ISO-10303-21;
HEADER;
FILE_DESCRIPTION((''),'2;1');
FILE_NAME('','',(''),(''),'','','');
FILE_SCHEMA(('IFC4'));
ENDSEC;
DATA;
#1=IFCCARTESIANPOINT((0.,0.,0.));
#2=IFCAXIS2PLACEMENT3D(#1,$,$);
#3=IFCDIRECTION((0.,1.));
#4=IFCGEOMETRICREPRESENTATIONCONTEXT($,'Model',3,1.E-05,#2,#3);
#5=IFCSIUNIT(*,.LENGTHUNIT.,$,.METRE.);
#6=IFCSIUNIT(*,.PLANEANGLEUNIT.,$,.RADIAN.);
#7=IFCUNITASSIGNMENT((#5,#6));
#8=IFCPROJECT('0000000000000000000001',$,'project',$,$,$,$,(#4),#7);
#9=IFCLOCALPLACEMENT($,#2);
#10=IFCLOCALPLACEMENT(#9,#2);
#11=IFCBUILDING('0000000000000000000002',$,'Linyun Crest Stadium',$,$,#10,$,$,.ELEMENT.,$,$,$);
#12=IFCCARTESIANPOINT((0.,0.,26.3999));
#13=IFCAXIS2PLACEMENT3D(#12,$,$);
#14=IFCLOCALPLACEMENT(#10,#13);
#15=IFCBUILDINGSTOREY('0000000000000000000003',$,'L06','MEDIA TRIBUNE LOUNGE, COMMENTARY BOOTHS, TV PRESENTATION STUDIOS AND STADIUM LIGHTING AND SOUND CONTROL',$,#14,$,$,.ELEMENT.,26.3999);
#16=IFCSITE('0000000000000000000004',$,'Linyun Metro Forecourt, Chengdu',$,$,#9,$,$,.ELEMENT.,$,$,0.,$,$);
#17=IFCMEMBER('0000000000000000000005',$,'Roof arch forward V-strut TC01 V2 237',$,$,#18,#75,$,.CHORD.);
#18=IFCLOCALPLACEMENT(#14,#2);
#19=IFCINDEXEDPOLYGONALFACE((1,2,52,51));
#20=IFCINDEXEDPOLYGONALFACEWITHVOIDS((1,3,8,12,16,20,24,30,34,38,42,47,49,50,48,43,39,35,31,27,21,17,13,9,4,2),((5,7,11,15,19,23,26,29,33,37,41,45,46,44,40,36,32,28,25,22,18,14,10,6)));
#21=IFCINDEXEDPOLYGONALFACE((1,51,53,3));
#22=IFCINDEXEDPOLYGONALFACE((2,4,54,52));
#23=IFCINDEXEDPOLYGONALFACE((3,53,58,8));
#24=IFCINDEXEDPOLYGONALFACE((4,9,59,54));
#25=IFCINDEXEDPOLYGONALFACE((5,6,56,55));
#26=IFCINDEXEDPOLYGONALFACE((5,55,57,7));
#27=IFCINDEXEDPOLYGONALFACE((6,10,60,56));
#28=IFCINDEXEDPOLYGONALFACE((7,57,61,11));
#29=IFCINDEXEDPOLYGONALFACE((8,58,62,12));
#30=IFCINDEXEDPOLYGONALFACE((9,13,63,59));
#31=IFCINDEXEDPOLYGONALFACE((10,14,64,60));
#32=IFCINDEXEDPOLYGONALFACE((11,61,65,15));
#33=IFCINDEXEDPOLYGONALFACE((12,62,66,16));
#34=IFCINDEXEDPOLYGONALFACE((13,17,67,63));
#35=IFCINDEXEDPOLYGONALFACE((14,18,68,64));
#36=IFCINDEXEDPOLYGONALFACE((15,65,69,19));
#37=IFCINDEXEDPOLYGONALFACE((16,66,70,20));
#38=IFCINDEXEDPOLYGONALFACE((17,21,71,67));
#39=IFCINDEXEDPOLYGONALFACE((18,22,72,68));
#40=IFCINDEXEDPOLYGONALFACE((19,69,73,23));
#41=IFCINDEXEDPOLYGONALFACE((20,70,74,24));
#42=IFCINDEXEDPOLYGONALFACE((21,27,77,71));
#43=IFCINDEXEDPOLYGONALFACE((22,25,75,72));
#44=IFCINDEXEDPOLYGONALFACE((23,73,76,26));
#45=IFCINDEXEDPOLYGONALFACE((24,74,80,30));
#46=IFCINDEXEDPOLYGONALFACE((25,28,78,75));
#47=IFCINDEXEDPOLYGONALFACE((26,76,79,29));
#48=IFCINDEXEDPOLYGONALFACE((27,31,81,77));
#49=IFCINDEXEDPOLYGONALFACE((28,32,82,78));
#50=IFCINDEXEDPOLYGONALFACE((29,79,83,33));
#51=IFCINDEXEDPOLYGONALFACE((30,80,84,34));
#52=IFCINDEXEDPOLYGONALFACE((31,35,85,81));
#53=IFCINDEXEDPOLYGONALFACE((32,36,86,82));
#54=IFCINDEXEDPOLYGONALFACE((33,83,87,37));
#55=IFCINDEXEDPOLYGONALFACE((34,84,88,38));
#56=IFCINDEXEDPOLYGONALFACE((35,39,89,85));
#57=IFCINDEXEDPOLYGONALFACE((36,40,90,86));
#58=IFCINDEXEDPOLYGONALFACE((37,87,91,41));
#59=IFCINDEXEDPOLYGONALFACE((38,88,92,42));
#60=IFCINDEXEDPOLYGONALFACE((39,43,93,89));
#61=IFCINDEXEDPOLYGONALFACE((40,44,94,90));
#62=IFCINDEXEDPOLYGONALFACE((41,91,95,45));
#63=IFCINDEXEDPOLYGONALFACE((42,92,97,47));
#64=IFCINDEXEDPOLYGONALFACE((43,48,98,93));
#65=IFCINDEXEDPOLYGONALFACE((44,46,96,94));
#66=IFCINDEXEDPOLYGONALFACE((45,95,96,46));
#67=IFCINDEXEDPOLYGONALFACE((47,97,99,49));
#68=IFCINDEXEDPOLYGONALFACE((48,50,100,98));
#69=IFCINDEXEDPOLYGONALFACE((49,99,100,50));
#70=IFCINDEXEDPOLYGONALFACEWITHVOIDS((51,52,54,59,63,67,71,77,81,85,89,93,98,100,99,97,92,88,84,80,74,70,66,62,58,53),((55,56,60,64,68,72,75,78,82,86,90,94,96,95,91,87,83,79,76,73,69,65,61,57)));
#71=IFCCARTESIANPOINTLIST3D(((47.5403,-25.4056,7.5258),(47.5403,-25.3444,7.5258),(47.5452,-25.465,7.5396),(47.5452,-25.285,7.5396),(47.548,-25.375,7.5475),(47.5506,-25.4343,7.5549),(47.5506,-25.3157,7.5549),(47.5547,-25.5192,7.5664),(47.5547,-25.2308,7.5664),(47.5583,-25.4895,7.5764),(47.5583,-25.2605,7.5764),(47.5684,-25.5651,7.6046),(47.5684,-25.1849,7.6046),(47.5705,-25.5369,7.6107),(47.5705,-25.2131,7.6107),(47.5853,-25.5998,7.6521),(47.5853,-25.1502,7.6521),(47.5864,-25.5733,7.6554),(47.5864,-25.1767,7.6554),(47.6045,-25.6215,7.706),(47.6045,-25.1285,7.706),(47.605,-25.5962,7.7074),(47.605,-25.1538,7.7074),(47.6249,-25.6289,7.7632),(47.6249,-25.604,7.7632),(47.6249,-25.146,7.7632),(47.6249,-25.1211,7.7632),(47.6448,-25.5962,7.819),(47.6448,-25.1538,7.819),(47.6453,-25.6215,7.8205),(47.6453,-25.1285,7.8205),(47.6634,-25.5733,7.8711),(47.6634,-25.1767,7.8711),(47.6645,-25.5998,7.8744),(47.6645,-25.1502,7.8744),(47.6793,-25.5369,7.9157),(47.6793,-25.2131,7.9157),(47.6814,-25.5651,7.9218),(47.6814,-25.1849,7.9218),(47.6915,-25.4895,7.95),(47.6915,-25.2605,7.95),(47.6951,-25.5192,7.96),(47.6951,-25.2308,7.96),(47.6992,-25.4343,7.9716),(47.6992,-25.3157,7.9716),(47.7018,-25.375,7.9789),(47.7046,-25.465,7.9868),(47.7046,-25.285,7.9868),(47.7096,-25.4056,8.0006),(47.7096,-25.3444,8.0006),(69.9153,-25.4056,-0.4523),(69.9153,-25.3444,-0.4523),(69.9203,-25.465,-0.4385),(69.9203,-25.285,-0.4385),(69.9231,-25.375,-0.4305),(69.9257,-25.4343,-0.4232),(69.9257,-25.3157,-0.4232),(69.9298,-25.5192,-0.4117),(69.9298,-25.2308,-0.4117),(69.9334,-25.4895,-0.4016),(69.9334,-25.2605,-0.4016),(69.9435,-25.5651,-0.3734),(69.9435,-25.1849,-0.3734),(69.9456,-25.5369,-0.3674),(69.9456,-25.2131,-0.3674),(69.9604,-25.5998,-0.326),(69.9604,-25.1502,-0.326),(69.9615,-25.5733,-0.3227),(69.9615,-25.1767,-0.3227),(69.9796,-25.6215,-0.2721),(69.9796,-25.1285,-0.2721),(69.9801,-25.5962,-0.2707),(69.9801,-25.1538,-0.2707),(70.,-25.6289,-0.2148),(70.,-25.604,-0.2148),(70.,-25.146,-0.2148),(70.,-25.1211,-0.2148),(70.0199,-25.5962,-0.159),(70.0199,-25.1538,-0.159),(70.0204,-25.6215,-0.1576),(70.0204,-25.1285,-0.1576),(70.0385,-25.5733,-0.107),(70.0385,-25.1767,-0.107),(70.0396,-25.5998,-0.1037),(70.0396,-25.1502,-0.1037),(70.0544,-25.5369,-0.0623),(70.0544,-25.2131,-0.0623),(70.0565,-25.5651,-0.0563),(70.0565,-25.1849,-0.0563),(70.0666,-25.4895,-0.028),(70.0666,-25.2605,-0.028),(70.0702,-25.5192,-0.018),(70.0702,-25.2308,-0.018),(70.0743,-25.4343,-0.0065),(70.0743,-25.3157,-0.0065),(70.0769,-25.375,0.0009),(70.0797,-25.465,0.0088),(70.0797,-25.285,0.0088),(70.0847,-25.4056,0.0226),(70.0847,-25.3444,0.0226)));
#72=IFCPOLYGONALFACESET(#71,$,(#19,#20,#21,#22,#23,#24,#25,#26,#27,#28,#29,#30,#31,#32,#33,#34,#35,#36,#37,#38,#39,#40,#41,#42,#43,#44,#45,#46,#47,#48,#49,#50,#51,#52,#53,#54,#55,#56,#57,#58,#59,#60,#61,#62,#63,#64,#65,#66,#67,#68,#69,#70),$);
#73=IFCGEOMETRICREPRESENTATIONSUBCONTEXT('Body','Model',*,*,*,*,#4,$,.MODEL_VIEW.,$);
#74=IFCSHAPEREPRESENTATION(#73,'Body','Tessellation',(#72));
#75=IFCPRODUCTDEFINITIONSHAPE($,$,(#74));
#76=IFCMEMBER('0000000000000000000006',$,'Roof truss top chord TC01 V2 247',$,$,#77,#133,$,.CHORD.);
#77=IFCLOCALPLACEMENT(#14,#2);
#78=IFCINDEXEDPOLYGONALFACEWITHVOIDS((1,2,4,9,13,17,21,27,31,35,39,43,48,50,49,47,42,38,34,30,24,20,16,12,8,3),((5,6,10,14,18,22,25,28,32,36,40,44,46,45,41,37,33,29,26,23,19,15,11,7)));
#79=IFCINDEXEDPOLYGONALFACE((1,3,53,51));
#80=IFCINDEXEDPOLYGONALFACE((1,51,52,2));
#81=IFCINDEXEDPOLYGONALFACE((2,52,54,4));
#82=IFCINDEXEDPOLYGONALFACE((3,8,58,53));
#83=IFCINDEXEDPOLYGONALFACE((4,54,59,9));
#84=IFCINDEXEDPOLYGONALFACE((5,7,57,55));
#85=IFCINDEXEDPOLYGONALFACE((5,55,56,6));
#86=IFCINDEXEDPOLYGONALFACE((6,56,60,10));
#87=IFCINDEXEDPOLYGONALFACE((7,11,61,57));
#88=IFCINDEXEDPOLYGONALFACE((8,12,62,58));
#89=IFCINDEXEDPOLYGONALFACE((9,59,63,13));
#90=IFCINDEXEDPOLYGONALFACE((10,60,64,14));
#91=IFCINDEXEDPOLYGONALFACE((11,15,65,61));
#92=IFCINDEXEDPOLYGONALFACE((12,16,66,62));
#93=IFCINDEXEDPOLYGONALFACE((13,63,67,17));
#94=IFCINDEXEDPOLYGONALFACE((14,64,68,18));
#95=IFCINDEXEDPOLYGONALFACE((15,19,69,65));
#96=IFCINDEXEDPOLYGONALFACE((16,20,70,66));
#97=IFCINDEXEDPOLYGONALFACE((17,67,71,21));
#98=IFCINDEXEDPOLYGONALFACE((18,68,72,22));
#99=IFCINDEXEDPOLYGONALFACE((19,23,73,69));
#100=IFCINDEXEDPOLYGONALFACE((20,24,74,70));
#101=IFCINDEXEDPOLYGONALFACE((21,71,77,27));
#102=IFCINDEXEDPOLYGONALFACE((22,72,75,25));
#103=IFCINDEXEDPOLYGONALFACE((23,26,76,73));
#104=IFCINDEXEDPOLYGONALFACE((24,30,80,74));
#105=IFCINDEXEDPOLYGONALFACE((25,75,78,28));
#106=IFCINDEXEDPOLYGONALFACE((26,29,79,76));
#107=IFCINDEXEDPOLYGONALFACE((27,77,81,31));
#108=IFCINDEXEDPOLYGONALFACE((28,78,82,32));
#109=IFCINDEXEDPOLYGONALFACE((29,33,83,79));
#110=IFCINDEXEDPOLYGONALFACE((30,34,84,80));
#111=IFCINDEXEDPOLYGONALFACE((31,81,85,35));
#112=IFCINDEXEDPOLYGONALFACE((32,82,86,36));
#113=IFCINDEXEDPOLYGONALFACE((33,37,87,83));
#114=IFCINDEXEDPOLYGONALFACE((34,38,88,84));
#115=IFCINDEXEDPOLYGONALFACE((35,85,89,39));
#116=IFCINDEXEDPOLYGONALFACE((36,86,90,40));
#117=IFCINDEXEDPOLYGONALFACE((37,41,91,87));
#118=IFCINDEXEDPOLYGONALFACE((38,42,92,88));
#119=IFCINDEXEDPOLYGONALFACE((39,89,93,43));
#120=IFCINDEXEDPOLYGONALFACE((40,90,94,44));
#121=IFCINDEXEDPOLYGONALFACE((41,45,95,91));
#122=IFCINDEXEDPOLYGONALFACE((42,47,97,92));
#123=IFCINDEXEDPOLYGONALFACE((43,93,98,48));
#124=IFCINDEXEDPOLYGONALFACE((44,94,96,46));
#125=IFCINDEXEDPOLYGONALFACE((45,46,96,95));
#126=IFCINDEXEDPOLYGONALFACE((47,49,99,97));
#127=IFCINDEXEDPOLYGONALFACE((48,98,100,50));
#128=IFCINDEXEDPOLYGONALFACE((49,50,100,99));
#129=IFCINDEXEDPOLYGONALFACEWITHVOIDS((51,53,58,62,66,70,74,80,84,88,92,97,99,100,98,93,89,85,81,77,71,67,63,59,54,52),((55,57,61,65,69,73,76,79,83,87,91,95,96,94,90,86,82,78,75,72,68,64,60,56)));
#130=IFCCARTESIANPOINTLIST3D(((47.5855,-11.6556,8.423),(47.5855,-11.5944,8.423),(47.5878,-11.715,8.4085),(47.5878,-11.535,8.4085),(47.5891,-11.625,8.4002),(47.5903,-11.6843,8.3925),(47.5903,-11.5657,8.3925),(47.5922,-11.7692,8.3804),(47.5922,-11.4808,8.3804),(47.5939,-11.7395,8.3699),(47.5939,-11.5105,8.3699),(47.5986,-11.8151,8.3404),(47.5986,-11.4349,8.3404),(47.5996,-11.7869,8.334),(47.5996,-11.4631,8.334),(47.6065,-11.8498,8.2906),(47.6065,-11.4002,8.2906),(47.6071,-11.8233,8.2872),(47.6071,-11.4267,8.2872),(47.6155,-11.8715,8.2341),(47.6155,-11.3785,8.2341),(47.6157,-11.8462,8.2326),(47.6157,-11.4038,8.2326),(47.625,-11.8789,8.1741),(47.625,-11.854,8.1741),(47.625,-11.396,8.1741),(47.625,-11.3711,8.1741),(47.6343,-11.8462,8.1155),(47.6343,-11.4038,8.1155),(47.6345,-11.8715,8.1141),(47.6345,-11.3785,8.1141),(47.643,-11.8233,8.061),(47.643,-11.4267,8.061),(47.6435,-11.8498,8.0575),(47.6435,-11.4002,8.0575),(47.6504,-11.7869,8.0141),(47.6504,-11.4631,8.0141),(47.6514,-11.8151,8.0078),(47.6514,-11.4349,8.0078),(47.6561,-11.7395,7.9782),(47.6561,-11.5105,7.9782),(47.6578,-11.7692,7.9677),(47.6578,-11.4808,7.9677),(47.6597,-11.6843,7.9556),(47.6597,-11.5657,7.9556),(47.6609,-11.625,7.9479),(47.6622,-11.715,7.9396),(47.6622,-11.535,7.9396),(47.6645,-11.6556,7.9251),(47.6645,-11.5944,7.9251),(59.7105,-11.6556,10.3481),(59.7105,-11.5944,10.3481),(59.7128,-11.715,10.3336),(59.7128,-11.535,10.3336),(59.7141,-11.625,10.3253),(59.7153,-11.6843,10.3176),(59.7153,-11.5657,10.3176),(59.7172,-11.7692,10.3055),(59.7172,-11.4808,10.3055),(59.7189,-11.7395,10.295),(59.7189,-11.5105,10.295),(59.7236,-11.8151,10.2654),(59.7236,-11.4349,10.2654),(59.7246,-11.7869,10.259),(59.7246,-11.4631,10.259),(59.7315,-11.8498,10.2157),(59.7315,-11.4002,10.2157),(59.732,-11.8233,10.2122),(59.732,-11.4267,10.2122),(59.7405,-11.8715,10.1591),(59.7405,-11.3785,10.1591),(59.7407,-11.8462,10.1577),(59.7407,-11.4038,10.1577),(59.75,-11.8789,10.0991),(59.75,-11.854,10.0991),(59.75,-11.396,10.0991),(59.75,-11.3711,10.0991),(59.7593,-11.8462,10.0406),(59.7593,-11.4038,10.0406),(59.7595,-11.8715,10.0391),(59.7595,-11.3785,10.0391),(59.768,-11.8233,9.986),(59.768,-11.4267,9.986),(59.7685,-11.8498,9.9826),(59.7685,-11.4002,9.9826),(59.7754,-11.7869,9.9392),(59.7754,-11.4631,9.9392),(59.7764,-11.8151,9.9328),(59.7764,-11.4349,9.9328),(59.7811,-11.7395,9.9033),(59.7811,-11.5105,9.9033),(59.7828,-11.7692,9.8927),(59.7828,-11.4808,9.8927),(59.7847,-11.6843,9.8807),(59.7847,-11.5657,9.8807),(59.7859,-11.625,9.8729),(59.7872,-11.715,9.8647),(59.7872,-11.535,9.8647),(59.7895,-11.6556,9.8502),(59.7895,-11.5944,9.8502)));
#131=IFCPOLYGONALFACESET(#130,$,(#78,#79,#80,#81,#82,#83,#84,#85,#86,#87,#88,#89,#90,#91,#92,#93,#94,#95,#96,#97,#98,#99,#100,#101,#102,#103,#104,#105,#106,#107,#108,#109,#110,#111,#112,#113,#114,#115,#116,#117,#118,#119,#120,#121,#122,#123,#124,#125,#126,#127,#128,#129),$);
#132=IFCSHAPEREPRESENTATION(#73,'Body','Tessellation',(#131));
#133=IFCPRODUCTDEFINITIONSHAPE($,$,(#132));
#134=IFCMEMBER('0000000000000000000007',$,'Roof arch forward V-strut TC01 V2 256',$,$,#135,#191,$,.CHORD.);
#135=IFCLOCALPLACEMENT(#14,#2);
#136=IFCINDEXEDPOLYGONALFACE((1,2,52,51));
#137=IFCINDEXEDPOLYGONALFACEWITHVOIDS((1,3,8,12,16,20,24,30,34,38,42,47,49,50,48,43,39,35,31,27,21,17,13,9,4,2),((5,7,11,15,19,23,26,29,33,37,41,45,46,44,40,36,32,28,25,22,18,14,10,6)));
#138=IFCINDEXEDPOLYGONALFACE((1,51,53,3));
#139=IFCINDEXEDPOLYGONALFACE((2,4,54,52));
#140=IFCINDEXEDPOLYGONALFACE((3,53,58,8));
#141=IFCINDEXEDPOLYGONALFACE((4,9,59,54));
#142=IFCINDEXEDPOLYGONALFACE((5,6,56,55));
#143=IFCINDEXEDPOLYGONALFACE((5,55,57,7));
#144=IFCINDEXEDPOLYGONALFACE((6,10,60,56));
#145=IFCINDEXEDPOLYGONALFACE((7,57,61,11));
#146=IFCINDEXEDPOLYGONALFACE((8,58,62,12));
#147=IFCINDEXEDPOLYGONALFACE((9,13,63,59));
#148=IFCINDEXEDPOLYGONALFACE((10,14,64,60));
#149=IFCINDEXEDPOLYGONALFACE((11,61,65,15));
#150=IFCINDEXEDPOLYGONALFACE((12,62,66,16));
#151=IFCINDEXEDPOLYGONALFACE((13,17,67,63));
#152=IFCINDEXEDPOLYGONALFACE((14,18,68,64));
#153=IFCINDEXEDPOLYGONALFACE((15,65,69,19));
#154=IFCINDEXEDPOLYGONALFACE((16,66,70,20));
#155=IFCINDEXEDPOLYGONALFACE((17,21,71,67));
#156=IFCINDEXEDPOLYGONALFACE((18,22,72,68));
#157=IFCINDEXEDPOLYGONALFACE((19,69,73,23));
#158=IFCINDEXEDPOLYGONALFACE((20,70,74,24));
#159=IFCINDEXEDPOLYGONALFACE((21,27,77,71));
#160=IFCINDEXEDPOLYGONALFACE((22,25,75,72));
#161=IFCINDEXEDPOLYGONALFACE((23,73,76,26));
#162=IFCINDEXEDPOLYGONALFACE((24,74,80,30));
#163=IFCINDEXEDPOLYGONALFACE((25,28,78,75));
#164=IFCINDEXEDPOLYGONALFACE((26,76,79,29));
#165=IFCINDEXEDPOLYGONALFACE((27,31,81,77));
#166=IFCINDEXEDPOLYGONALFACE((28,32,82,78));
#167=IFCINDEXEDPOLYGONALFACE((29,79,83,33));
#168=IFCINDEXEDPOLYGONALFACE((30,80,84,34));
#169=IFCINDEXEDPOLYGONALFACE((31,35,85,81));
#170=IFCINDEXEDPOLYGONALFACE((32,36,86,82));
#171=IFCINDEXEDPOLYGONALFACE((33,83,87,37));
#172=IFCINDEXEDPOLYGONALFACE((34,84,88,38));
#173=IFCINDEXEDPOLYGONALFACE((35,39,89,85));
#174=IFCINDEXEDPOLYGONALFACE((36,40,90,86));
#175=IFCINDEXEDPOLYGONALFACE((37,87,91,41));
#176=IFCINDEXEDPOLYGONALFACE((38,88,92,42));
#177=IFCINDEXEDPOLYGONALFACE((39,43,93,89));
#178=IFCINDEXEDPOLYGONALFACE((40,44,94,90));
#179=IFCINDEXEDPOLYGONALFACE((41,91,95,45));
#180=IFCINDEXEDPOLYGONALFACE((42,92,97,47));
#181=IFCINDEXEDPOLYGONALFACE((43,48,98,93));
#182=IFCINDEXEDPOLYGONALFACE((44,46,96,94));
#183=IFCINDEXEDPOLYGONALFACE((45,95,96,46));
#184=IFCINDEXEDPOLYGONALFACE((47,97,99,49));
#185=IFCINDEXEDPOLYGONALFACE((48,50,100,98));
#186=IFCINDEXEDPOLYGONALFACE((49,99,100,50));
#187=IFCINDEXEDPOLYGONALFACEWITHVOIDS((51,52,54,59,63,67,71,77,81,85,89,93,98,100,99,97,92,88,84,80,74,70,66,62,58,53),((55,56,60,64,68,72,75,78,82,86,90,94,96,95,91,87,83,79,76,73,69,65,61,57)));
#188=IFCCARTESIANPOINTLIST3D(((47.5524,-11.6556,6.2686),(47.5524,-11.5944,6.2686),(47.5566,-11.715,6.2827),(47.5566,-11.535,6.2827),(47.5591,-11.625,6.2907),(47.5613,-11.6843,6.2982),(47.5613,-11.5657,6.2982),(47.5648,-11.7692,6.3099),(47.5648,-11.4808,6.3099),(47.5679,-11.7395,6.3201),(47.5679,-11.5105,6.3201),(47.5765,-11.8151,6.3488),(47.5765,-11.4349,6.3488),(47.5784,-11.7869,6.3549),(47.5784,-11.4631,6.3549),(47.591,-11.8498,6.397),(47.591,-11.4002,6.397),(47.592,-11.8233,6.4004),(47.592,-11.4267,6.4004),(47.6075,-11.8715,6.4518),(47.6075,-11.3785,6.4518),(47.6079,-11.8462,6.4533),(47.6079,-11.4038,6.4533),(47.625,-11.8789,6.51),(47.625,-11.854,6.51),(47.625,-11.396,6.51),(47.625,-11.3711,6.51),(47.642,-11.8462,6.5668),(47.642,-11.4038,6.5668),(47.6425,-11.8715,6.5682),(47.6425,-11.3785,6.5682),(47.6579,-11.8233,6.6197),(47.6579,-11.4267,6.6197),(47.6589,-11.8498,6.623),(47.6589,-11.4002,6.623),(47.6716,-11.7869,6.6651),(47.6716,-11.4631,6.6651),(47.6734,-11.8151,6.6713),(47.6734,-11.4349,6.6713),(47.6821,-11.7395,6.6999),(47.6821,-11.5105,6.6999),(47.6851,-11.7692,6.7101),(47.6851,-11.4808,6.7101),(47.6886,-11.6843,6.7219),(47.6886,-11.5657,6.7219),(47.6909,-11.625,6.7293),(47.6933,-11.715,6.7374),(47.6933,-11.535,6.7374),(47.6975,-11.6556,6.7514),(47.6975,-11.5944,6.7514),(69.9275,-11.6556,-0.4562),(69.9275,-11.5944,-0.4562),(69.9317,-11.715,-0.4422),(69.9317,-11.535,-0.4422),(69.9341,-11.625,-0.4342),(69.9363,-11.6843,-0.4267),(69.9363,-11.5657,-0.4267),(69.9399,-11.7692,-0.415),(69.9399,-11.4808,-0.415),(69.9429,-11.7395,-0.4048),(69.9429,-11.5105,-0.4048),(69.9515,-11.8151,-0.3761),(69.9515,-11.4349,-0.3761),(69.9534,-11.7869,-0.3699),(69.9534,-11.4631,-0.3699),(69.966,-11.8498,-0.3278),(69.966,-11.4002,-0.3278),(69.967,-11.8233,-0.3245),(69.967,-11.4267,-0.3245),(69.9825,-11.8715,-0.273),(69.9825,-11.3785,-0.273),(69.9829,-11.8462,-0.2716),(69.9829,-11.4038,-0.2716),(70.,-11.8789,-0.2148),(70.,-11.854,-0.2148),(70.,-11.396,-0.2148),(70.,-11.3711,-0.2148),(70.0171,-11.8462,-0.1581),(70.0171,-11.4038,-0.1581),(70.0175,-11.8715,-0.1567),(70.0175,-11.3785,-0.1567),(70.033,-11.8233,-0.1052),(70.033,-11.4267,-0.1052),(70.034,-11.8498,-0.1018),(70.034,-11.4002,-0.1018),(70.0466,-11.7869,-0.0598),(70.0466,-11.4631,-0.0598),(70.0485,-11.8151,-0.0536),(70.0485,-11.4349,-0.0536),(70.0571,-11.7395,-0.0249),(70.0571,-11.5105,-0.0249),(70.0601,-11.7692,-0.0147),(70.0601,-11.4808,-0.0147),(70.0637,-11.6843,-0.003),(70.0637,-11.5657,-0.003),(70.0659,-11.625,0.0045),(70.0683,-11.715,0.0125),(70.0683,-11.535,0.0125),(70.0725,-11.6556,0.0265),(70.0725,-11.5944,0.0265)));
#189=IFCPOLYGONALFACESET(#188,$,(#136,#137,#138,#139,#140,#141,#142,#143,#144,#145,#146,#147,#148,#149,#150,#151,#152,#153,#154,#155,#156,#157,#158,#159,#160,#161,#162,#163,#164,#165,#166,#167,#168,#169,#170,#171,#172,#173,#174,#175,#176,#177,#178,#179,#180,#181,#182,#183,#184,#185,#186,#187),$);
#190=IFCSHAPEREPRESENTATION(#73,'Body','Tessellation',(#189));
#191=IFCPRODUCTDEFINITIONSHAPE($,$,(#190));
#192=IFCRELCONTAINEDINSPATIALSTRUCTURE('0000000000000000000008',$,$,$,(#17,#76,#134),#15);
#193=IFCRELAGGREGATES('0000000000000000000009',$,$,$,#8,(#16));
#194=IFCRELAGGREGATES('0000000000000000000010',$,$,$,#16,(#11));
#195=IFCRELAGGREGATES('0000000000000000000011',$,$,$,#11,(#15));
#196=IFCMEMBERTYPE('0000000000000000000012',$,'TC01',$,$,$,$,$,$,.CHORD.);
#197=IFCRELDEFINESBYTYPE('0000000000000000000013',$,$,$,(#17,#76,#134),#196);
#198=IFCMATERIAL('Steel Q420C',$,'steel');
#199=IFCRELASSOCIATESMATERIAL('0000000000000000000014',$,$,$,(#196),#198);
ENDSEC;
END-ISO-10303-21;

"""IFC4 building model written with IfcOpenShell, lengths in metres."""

from ifc_helpers import new_model, si_unit, direction, frame, origin, origin_2d, place, context, subcontext, project, spatial, hollow_circle, extrude, material, material_profile, profile_set, type_object, element, save


model = new_model("IFC4")

# Units and contexts
model_context = context("Model", 3, precision=1e-05, world=origin(), true_north=direction((0.0, 1.0)))
body_context = subcontext(model_context, "Body", "Model", "MODEL_VIEW")
ifc_project = project(units=[si_unit("LENGTHUNIT", "METRE"), si_unit("PLANEANGLEUNIT", "RADIAN")], contexts=[model_context])

# Site, building, storey
site_placement = place(None, origin())
site = spatial("IfcSite", under=ifc_project, at=site_placement, Name="Linyun Metro Forecourt, Chengdu", CompositionType="ELEMENT", RefElevation=0.0)
building_placement = place(site_placement, origin())
building = spatial("IfcBuilding", under=site, at=building_placement, Name="Linyun Crest Stadium", CompositionType="ELEMENT")
storey_placement = place(building_placement, frame((0.0, 0.0, 26.3999)))
storey = spatial("IfcBuildingStorey", under=building, at=storey_placement, Name="L06", Description="MEDIA TRIBUNE LOUNGE, COMMENTARY BOOTHS, TV PRESENTATION STUDIOS AND STADIUM LIGHTING AND SOUND CONTROL", CompositionType="ELEMENT", Elevation=26.3999)

# Members
ifc_material_1 = material(Name="Steel Q420C", Category="steel")
ifc_material_profile_1 = material_profile(ifc_material_1, hollow_circle(Radius=0.2539, WallThickness=0.0249, at=origin_2d()), Name="CHS 508x25")
ifc_profile_set_1 = profile_set([ifc_material_profile_1], Name="Steel Q420C")
member_type_1 = type_object("IfcMemberType", Name="TC01", PredefinedType="CHORD", material=ifc_profile_set_1)
member_1_placement = place(storey_placement, frame((70.0, -25.375, -0.2148), z_axis=(-0.941916, 0.0, 0.335849), x_axis=(0.0, -1.0, 0.0)))
element("IfcMember", 1, at=member_1_placement, inside=storey, type_object=member_type_1, Name="Roof arch forward V-strut TC01 V2 237", PredefinedType="CHORD", context=body_context, shape_type="SweptSolid", body=[
    extrude(hollow_circle(Radius=0.2539, WallThickness=0.0249, at=origin_2d()), origin(), (0.0, 0.0, 1.0), 23.7549),
])
member_2_placement = place(storey_placement, frame((59.75, -11.625, 10.0991), z_axis=(-0.98763, 0.0, -0.156803), x_axis=(0.0, -1.0, 0.0)))
element("IfcMember", 2, at=member_2_placement, inside=storey, type_object=member_type_1, Name="Roof truss top chord TC01 V2 247", PredefinedType="CHORD", context=body_context, shape_type="SweptSolid", body=[
    extrude(hollow_circle(Radius=0.2539, WallThickness=0.0249, at=origin_2d()), origin(), (0.0, 0.0, 1.0), 12.2769),
])
member_3_placement = place(storey_placement, frame((70.0, -11.625, -0.2148), z_axis=(-0.957681, 0.0, 0.287833), x_axis=(0.0, -1.0, 0.0)))
element("IfcMember", 3, at=member_3_placement, inside=storey, type_object=member_type_1, Name="Roof arch forward V-strut TC01 V2 256", PredefinedType="CHORD", context=body_context, shape_type="SweptSolid", body=[
    extrude(hollow_circle(Radius=0.2539, WallThickness=0.0249, at=origin_2d()), origin(), (0.0, 0.0, 1.0), 23.3638),
])

save(model, "model.ifc")
